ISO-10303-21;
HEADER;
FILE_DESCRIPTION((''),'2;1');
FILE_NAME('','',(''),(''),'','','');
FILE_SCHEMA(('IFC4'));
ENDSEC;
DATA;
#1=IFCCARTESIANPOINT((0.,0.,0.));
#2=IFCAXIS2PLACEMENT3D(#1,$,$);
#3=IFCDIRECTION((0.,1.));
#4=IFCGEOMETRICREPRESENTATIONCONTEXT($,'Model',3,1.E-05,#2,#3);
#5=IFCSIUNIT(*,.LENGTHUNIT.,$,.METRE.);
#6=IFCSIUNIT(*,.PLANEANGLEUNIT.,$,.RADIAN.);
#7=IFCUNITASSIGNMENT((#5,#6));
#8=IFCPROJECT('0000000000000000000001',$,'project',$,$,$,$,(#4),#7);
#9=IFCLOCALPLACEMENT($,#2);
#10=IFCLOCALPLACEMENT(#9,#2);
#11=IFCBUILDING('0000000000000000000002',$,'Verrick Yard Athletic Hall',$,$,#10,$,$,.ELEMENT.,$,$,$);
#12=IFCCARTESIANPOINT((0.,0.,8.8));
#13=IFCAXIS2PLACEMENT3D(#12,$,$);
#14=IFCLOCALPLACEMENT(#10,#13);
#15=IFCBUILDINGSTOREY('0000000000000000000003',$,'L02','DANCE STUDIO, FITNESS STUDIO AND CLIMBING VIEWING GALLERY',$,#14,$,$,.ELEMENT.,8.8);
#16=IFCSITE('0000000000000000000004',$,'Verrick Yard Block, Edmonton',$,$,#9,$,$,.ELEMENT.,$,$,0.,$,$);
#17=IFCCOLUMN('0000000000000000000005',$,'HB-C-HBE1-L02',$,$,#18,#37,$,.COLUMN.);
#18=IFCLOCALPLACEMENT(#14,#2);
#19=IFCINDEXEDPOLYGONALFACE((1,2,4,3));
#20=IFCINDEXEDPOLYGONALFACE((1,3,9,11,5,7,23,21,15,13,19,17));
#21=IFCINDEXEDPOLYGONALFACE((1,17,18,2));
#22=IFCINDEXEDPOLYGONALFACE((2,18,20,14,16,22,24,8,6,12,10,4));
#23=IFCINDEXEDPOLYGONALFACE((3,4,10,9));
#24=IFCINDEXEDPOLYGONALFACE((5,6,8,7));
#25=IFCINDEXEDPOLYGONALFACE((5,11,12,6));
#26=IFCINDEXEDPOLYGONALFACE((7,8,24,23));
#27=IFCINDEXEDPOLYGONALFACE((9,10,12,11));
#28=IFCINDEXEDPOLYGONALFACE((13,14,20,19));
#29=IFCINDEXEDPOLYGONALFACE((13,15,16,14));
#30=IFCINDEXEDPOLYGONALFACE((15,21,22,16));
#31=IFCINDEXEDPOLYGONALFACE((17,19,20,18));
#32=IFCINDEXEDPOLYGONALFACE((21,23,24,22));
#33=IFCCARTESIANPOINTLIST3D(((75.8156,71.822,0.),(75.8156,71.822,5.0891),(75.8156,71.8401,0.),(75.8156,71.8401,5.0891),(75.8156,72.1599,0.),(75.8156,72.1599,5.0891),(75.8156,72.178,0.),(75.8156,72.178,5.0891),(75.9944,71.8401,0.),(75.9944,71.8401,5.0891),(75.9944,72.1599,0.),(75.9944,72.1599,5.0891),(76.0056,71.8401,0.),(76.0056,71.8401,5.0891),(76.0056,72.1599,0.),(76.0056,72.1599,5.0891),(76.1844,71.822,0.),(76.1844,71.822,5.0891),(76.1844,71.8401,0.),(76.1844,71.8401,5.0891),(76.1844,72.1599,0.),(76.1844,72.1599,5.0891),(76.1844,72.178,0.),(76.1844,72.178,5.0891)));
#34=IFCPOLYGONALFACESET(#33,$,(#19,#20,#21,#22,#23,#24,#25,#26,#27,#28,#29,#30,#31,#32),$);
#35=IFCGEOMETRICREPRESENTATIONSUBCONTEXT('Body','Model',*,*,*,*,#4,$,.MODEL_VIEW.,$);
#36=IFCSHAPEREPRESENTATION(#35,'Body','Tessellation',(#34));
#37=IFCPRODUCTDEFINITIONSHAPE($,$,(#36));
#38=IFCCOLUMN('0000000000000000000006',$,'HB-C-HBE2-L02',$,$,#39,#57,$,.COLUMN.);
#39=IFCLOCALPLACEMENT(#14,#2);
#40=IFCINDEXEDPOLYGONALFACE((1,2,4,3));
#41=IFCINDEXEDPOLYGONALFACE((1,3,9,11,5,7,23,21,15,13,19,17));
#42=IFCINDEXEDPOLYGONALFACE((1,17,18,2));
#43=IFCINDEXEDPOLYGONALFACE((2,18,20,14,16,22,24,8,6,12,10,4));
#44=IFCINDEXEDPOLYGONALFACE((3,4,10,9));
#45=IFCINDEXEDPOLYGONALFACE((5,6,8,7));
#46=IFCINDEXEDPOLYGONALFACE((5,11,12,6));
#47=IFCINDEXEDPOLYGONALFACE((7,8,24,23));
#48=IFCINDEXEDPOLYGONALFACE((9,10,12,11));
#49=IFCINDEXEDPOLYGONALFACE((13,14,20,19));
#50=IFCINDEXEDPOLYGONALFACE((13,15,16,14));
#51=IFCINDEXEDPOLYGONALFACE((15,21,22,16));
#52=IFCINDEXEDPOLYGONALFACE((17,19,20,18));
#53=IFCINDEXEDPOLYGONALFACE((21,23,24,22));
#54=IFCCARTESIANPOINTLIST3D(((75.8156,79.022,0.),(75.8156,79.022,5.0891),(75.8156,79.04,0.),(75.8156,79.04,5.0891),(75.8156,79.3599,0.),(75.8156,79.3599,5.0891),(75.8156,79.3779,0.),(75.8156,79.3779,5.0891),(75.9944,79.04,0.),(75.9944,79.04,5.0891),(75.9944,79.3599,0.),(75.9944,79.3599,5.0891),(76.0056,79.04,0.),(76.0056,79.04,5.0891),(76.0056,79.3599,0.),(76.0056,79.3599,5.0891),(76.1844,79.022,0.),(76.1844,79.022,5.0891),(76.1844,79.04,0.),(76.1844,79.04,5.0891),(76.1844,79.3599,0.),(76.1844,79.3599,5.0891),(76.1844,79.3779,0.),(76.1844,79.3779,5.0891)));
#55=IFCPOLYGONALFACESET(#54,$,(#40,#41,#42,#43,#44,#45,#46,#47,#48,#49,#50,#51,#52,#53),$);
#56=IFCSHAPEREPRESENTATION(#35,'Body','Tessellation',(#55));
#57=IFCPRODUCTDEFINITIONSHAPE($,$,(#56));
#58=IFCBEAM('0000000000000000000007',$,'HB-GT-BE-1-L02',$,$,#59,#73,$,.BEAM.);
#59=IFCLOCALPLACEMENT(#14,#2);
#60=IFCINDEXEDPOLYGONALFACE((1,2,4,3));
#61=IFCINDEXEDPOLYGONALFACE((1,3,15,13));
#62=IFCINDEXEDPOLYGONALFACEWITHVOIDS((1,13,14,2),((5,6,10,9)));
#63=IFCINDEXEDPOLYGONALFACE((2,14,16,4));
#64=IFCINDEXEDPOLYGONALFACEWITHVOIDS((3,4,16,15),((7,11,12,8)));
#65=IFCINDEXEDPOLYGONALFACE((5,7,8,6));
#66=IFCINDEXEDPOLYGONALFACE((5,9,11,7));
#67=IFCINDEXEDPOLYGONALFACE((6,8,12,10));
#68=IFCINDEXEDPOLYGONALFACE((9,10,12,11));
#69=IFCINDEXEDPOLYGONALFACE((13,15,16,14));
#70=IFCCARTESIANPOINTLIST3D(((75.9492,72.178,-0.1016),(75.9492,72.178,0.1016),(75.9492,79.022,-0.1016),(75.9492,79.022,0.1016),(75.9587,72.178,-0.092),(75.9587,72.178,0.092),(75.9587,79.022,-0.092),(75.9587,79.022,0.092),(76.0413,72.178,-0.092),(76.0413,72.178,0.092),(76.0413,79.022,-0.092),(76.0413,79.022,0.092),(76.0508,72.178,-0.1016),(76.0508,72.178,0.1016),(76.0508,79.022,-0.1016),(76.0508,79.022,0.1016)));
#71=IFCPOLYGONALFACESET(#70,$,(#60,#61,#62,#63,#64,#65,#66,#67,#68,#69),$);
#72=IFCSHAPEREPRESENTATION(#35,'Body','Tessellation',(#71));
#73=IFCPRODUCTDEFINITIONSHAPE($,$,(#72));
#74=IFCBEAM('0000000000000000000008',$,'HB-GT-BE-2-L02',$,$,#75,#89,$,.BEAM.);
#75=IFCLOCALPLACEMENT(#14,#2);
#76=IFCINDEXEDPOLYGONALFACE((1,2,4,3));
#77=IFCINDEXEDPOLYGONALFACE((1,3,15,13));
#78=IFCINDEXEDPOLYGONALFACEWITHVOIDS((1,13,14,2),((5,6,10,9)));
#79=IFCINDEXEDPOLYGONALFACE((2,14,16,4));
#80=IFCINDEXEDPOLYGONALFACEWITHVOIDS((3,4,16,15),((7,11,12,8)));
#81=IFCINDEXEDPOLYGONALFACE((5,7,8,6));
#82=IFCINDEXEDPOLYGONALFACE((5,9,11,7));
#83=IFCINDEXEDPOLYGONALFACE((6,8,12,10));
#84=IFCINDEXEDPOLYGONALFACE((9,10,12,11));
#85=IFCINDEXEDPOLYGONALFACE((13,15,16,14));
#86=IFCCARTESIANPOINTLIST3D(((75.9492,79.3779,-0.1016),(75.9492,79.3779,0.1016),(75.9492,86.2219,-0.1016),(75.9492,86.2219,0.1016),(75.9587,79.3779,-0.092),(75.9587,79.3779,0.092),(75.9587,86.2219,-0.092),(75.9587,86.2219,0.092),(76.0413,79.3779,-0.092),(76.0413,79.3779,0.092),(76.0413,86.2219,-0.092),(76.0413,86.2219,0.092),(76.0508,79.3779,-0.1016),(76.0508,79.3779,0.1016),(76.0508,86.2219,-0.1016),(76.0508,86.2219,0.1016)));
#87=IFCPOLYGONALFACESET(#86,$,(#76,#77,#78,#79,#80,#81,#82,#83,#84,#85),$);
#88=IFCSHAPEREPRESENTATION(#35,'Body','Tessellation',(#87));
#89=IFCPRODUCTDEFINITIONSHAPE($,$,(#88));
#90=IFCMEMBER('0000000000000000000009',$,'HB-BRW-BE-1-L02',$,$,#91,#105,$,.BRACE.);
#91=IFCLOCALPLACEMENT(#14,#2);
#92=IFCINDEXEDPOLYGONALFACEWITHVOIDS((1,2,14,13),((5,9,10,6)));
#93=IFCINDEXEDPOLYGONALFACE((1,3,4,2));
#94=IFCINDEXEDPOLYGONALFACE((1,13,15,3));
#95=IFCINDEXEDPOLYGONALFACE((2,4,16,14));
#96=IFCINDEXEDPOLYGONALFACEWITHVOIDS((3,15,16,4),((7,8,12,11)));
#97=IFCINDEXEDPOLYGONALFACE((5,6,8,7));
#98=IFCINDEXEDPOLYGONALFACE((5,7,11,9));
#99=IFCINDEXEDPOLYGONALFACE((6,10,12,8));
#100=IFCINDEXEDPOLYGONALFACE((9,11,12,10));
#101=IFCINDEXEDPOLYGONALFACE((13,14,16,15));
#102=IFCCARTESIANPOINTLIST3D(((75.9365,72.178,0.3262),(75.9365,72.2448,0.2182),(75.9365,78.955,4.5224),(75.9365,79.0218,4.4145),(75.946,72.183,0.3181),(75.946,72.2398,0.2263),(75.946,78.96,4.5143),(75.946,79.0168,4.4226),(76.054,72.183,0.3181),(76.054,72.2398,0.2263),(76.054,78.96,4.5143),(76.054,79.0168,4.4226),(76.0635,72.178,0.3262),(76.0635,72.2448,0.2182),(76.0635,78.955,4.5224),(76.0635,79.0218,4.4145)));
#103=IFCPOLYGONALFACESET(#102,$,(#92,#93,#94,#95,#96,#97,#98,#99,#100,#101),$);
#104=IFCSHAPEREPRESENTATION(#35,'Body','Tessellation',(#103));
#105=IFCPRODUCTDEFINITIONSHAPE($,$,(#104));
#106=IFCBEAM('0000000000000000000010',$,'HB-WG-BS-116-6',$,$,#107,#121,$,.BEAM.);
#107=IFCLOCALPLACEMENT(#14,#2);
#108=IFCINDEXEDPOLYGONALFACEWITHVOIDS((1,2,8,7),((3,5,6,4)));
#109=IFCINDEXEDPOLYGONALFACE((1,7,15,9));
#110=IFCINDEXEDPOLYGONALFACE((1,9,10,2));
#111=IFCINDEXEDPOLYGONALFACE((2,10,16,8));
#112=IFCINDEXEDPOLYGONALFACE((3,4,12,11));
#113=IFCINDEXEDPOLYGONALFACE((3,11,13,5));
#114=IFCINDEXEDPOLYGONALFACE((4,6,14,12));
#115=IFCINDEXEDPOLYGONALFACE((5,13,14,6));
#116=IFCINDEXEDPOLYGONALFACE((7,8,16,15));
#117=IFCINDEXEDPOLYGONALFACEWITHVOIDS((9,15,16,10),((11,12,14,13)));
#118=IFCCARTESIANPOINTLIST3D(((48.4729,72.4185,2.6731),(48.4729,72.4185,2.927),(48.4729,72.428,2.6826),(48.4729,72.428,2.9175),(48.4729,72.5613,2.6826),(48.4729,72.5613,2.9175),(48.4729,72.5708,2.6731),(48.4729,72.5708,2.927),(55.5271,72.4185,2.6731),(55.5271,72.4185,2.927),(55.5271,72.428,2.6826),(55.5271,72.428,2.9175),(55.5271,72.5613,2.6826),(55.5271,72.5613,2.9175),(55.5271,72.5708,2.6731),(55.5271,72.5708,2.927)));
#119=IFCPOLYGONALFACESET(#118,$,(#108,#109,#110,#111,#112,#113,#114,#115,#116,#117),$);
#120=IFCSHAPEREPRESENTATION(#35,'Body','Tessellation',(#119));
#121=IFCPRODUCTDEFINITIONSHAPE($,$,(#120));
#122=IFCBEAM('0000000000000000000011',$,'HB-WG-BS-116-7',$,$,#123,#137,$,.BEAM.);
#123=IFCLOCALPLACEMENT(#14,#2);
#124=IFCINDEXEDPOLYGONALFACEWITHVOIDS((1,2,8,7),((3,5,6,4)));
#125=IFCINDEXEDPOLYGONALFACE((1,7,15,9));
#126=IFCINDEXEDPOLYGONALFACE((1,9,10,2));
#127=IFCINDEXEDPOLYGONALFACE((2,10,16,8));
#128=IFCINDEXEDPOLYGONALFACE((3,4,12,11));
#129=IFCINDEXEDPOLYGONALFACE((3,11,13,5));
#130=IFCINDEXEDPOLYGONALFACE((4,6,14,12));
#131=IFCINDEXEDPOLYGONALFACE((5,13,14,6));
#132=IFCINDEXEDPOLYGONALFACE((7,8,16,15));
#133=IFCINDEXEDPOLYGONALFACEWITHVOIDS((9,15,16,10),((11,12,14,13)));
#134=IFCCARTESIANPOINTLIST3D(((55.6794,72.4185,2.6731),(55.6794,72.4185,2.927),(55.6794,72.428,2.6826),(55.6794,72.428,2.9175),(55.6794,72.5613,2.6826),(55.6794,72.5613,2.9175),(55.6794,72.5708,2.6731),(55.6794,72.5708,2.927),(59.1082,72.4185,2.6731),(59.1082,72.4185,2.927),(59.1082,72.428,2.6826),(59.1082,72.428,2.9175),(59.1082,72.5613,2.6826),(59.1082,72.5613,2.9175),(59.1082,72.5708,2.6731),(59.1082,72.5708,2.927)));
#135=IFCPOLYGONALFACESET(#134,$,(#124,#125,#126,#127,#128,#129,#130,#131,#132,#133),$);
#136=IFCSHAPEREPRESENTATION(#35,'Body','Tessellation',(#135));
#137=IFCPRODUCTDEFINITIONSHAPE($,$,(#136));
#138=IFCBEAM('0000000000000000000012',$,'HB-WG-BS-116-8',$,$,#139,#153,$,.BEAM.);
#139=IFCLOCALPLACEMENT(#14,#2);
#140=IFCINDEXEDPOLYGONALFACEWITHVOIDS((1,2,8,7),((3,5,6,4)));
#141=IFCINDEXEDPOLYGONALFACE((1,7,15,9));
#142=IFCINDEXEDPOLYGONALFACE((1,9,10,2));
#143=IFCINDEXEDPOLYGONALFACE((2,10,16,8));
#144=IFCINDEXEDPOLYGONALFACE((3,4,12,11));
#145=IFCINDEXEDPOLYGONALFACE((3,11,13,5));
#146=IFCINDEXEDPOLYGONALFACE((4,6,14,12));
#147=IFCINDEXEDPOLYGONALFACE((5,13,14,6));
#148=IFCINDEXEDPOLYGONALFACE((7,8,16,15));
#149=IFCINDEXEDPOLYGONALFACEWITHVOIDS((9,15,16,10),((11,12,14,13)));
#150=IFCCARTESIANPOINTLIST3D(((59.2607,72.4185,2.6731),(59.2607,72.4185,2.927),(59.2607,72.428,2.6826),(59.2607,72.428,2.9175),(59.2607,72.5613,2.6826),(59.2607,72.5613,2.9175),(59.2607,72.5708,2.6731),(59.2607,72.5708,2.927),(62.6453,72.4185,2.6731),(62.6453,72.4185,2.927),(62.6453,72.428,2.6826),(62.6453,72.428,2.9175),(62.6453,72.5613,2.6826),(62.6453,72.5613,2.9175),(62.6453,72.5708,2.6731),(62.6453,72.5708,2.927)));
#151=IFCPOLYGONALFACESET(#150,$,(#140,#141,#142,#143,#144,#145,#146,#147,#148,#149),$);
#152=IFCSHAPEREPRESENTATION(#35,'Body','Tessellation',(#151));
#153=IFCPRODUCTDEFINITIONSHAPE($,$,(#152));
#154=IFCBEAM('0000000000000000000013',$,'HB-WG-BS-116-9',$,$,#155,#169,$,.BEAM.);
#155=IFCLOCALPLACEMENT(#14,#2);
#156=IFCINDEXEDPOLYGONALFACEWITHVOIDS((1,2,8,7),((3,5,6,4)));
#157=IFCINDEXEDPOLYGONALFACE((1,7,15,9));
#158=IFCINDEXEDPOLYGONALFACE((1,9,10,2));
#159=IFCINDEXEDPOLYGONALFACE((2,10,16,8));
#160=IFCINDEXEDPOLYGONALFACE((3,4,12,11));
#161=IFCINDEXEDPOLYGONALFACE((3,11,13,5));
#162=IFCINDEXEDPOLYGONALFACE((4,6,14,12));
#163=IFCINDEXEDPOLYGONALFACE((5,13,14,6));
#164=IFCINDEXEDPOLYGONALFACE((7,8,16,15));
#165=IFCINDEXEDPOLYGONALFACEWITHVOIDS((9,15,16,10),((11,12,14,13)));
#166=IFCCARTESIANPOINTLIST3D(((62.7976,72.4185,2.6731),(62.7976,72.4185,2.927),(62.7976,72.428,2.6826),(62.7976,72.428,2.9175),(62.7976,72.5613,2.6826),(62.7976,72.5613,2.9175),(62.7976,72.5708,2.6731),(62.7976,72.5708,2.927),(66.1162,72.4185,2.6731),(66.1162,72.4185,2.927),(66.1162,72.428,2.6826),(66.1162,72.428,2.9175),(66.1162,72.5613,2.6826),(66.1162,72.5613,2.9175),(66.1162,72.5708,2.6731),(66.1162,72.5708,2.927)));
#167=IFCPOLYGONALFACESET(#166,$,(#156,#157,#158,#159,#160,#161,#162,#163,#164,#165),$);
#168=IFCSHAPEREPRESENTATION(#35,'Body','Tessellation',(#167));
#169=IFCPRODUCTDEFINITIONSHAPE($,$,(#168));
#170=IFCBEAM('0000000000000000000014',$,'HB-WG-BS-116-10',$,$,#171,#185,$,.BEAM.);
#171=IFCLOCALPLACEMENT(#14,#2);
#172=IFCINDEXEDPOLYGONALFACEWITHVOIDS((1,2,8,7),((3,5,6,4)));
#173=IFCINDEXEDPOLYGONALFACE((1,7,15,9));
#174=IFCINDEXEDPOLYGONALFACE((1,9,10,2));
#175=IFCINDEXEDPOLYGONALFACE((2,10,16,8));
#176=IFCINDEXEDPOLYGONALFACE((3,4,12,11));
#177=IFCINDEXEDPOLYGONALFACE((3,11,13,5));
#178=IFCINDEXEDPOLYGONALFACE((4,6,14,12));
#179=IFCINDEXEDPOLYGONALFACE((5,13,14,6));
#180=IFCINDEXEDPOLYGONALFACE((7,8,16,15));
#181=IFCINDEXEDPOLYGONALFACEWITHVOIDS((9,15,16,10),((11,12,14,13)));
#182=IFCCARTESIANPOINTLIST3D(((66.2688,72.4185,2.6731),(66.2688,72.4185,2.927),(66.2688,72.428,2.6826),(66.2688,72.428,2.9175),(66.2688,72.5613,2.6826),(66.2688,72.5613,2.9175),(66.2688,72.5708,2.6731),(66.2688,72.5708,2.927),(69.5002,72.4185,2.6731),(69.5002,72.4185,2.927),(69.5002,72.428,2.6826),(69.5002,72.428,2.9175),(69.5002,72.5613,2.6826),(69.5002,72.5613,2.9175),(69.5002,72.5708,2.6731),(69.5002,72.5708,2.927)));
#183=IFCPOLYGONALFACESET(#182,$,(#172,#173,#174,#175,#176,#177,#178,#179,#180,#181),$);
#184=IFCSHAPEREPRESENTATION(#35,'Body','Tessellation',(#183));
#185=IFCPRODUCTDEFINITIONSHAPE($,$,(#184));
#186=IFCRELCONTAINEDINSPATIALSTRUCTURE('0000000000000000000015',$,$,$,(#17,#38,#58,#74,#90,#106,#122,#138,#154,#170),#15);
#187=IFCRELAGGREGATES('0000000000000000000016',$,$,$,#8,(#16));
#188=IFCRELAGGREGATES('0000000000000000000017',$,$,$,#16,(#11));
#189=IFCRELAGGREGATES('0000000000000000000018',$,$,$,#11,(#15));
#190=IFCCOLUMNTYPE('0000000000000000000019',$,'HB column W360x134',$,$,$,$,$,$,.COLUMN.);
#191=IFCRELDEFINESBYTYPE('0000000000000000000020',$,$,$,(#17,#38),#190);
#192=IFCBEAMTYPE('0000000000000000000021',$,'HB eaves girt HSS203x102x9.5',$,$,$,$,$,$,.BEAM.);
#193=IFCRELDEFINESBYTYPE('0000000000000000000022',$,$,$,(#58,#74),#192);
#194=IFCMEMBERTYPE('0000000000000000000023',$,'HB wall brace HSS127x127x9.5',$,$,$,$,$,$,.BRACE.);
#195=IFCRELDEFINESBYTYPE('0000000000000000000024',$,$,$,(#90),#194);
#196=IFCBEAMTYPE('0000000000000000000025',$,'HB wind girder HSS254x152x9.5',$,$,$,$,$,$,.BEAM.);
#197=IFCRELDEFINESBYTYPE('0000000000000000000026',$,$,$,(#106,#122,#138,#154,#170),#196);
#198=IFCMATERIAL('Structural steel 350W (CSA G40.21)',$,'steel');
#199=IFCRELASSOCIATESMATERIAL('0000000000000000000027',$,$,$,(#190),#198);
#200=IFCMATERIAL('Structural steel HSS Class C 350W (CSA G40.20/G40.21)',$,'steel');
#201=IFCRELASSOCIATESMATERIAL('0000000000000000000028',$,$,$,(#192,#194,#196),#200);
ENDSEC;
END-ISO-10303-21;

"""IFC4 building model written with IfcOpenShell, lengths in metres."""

from ifc_helpers import new_model, si_unit, direction, frame, origin, origin_2d, place, context, subcontext, project, spatial, hollow_rectangle, i_section, extrude, material, material_profile, profile_set, type_object, element, save


model = new_model("IFC4")

# Units and contexts
model_context = context("Model", 3, precision=1e-05, world=origin(), true_north=direction((0.0, 1.0)))
body_context = subcontext(model_context, "Body", "Model", "MODEL_VIEW")
ifc_project = project(units=[si_unit("LENGTHUNIT", "METRE"), si_unit("PLANEANGLEUNIT", "RADIAN")], contexts=[model_context])

# Site, building, storey
site_placement = place(None, origin())
site = spatial("IfcSite", under=ifc_project, at=site_placement, Name="Verrick Yard Block, Edmonton", CompositionType="ELEMENT", RefElevation=0.0)
building_placement = place(site_placement, origin())
building = spatial("IfcBuilding", under=site, at=building_placement, Name="Verrick Yard Athletic Hall", CompositionType="ELEMENT")
storey_placement = place(building_placement, frame((0.0, 0.0, 8.8)))
storey = spatial("IfcBuildingStorey", under=building, at=storey_placement, Name="L02", Description="DANCE STUDIO, FITNESS STUDIO AND CLIMBING VIEWING GALLERY", CompositionType="ELEMENT", Elevation=8.8)

# Columns
ifc_material_1 = material(Name="Structural steel 350W (CSA G40.21)", Category="steel")
ifc_material_profile_1 = material_profile(ifc_material_1, i_section(OverallWidth=0.3689, OverallDepth=0.356, WebThickness=0.0112, FlangeThickness=0.0181, at=origin_2d()), Name="W360x134")
ifc_profile_set_1 = profile_set([ifc_material_profile_1], Name="Structural steel 350W (CSA G40.21)")
column_type = type_object("IfcColumnType", Name="HB column W360x134", PredefinedType="COLUMN", material=ifc_profile_set_1)
for number, where, z_axis, x_axis, name in (
    (1, (76.0, 72.0, 0.0), (0.0, 0.0, 1.0), (1.0, 0.0, 0.0), "HB-C-HBE1-L02"),
    (2, (76.0, 79.2, 0.0), (0.0, 0.0, 1.0), (1.0, 0.0, 0.0), "HB-C-HBE2-L02"),
):
    element("IfcColumn", number, at=place(storey_placement, frame(where, z_axis=z_axis, x_axis=x_axis)), inside=storey, type_object=column_type, Name=name, PredefinedType="COLUMN", context=body_context, shape_type="SweptSolid", body=[
        extrude(i_section(OverallWidth=0.3689, OverallDepth=0.356, WebThickness=0.0112, FlangeThickness=0.0181, at=origin_2d()), origin(), (0.0, 0.0, 1.0), 5.0891),
    ])

# Beams
ifc_material_2 = material(Name="Structural steel HSS Class C 350W (CSA G40.20/G40.21)", Category="steel")
ifc_material_profile_2 = material_profile(ifc_material_2, hollow_rectangle(XDim=0.1016, YDim=0.2031, WallThickness=0.0095, at=origin_2d()), Name="HSS203x102x9.5")
ifc_profile_set_2 = profile_set([ifc_material_profile_2], Name="Structural steel HSS Class C 350W (CSA G40.20/G40.21)")
beam_type_1 = type_object("IfcBeamType", Name="HB eaves girt HSS203x102x9.5", PredefinedType="BEAM", material=ifc_profile_set_2)
for number, where, z_axis, x_axis, name in (
    (3, (76.0, 72.178, 0.0), (0.0, 1.0, 0.0), (-1.0, 0.0, 0.0), "HB-GT-BE-1-L02"),
    (4, (76.0, 79.3779, 0.0), (0.0, 1.0, 0.0), (-1.0, 0.0, 0.0), "HB-GT-BE-2-L02"),
):
    element("IfcBeam", number, at=place(storey_placement, frame(where, z_axis=z_axis, x_axis=x_axis)), inside=storey, type_object=beam_type_1, Name=name, PredefinedType="BEAM", context=body_context, shape_type="SweptSolid", body=[
        extrude(hollow_rectangle(XDim=0.1016, YDim=0.2031, WallThickness=0.0095, at=origin_2d()), origin(), (0.0, 0.0, 1.0), 6.844),
    ])

# Member
ifc_material_profile_3 = material_profile(ifc_material_2, hollow_rectangle(XDim=0.127, YDim=0.127, WallThickness=0.0095, at=origin_2d()), Name="HSS127x127x9.5")
ifc_profile_set_3 = profile_set([ifc_material_profile_3], Name="Structural steel HSS Class C 350W (CSA G40.20/G40.21)")
member_type = type_object("IfcMemberType", Name="HB wall brace HSS127x127x9.5", PredefinedType="BRACE", material=ifc_profile_set_3)
member_placement = place(storey_placement, frame((76.0, 72.2114, 0.2722), z_axis=(0.0, 0.850212, 0.52644), x_axis=(-1.0, 0.0, 0.0)))
element("IfcMember", 5, at=member_placement, inside=storey, type_object=member_type, Name="HB-BRW-BE-1-L02", PredefinedType="BRACE", context=body_context, shape_type="SweptSolid", body=[
    extrude(hollow_rectangle(XDim=0.127, YDim=0.127, WallThickness=0.0095, at=origin_2d()), origin(), (0.0, 0.0, 1.0), 7.9709),
])

# Beams
ifc_material_profile_4 = material_profile(ifc_material_2, hollow_rectangle(XDim=0.1523, YDim=0.2539, WallThickness=0.0095, at=origin_2d()), Name="HSS254x152x9.5")
ifc_profile_set_4 = profile_set([ifc_material_profile_4], Name="Structural steel HSS Class C 350W (CSA G40.20/G40.21)")
beam_type_2 = type_object("IfcBeamType", Name="HB wind girder HSS254x152x9.5", PredefinedType="BEAM", material=ifc_profile_set_4)
beam_1_placement = place(storey_placement, frame((48.4729, 72.4946, 2.8), z_axis=(1.0, 0.0, 0.0), x_axis=(0.0, 1.0, 0.0)))
element("IfcBeam", 6, at=beam_1_placement, inside=storey, type_object=beam_type_2, Name="HB-WG-BS-116-6", PredefinedType="BEAM", context=body_context, shape_type="SweptSolid", body=[
    extrude(hollow_rectangle(XDim=0.1523, YDim=0.2539, WallThickness=0.0095, at=origin_2d()), origin(), (0.0, 0.0, 1.0), 7.0542),
])
beam_2_placement = place(storey_placement, frame((55.6794, 72.4946, 2.8), z_axis=(1.0, 0.0, 0.0), x_axis=(0.0, 1.0, 0.0)))
element("IfcBeam", 7, at=beam_2_placement, inside=storey, type_object=beam_type_2, Name="HB-WG-BS-116-7", PredefinedType="BEAM", context=body_context, shape_type="SweptSolid", body=[
    extrude(hollow_rectangle(XDim=0.1523, YDim=0.2539, WallThickness=0.0095, at=origin_2d()), origin(), (0.0, 0.0, 1.0), 3.4287),
])
beam_3_placement = place(storey_placement, frame((59.2607, 72.4946, 2.8), z_axis=(1.0, 0.0, 0.0), x_axis=(0.0, 1.0, 0.0)))
element("IfcBeam", 8, at=beam_3_placement, inside=storey, type_object=beam_type_2, Name="HB-WG-BS-116-8", PredefinedType="BEAM", context=body_context, shape_type="SweptSolid", body=[
    extrude(hollow_rectangle(XDim=0.1523, YDim=0.2539, WallThickness=0.0095, at=origin_2d()), origin(), (0.0, 0.0, 1.0), 3.3845),
])
beam_4_placement = place(storey_placement, frame((62.7976, 72.4946, 2.8), z_axis=(1.0, 0.0, 0.0), x_axis=(0.0, 1.0, 0.0)))
element("IfcBeam", 9, at=beam_4_placement, inside=storey, type_object=beam_type_2, Name="HB-WG-BS-116-9", PredefinedType="BEAM", context=body_context, shape_type="SweptSolid", body=[
    extrude(hollow_rectangle(XDim=0.1523, YDim=0.2539, WallThickness=0.0095, at=origin_2d()), origin(), (0.0, 0.0, 1.0), 3.3186),
])
beam_5_placement = place(storey_placement, frame((66.2688, 72.4946, 2.8), z_axis=(1.0, 0.0, 0.0), x_axis=(0.0, 1.0, 0.0)))
element("IfcBeam", 10, at=beam_5_placement, inside=storey, type_object=beam_type_2, Name="HB-WG-BS-116-10", PredefinedType="BEAM", context=body_context, shape_type="SweptSolid", body=[
    extrude(hollow_rectangle(XDim=0.1523, YDim=0.2539, WallThickness=0.0095, at=origin_2d()), origin(), (0.0, 0.0, 1.0), 3.2314),
])

save(model, "model.ifc")
